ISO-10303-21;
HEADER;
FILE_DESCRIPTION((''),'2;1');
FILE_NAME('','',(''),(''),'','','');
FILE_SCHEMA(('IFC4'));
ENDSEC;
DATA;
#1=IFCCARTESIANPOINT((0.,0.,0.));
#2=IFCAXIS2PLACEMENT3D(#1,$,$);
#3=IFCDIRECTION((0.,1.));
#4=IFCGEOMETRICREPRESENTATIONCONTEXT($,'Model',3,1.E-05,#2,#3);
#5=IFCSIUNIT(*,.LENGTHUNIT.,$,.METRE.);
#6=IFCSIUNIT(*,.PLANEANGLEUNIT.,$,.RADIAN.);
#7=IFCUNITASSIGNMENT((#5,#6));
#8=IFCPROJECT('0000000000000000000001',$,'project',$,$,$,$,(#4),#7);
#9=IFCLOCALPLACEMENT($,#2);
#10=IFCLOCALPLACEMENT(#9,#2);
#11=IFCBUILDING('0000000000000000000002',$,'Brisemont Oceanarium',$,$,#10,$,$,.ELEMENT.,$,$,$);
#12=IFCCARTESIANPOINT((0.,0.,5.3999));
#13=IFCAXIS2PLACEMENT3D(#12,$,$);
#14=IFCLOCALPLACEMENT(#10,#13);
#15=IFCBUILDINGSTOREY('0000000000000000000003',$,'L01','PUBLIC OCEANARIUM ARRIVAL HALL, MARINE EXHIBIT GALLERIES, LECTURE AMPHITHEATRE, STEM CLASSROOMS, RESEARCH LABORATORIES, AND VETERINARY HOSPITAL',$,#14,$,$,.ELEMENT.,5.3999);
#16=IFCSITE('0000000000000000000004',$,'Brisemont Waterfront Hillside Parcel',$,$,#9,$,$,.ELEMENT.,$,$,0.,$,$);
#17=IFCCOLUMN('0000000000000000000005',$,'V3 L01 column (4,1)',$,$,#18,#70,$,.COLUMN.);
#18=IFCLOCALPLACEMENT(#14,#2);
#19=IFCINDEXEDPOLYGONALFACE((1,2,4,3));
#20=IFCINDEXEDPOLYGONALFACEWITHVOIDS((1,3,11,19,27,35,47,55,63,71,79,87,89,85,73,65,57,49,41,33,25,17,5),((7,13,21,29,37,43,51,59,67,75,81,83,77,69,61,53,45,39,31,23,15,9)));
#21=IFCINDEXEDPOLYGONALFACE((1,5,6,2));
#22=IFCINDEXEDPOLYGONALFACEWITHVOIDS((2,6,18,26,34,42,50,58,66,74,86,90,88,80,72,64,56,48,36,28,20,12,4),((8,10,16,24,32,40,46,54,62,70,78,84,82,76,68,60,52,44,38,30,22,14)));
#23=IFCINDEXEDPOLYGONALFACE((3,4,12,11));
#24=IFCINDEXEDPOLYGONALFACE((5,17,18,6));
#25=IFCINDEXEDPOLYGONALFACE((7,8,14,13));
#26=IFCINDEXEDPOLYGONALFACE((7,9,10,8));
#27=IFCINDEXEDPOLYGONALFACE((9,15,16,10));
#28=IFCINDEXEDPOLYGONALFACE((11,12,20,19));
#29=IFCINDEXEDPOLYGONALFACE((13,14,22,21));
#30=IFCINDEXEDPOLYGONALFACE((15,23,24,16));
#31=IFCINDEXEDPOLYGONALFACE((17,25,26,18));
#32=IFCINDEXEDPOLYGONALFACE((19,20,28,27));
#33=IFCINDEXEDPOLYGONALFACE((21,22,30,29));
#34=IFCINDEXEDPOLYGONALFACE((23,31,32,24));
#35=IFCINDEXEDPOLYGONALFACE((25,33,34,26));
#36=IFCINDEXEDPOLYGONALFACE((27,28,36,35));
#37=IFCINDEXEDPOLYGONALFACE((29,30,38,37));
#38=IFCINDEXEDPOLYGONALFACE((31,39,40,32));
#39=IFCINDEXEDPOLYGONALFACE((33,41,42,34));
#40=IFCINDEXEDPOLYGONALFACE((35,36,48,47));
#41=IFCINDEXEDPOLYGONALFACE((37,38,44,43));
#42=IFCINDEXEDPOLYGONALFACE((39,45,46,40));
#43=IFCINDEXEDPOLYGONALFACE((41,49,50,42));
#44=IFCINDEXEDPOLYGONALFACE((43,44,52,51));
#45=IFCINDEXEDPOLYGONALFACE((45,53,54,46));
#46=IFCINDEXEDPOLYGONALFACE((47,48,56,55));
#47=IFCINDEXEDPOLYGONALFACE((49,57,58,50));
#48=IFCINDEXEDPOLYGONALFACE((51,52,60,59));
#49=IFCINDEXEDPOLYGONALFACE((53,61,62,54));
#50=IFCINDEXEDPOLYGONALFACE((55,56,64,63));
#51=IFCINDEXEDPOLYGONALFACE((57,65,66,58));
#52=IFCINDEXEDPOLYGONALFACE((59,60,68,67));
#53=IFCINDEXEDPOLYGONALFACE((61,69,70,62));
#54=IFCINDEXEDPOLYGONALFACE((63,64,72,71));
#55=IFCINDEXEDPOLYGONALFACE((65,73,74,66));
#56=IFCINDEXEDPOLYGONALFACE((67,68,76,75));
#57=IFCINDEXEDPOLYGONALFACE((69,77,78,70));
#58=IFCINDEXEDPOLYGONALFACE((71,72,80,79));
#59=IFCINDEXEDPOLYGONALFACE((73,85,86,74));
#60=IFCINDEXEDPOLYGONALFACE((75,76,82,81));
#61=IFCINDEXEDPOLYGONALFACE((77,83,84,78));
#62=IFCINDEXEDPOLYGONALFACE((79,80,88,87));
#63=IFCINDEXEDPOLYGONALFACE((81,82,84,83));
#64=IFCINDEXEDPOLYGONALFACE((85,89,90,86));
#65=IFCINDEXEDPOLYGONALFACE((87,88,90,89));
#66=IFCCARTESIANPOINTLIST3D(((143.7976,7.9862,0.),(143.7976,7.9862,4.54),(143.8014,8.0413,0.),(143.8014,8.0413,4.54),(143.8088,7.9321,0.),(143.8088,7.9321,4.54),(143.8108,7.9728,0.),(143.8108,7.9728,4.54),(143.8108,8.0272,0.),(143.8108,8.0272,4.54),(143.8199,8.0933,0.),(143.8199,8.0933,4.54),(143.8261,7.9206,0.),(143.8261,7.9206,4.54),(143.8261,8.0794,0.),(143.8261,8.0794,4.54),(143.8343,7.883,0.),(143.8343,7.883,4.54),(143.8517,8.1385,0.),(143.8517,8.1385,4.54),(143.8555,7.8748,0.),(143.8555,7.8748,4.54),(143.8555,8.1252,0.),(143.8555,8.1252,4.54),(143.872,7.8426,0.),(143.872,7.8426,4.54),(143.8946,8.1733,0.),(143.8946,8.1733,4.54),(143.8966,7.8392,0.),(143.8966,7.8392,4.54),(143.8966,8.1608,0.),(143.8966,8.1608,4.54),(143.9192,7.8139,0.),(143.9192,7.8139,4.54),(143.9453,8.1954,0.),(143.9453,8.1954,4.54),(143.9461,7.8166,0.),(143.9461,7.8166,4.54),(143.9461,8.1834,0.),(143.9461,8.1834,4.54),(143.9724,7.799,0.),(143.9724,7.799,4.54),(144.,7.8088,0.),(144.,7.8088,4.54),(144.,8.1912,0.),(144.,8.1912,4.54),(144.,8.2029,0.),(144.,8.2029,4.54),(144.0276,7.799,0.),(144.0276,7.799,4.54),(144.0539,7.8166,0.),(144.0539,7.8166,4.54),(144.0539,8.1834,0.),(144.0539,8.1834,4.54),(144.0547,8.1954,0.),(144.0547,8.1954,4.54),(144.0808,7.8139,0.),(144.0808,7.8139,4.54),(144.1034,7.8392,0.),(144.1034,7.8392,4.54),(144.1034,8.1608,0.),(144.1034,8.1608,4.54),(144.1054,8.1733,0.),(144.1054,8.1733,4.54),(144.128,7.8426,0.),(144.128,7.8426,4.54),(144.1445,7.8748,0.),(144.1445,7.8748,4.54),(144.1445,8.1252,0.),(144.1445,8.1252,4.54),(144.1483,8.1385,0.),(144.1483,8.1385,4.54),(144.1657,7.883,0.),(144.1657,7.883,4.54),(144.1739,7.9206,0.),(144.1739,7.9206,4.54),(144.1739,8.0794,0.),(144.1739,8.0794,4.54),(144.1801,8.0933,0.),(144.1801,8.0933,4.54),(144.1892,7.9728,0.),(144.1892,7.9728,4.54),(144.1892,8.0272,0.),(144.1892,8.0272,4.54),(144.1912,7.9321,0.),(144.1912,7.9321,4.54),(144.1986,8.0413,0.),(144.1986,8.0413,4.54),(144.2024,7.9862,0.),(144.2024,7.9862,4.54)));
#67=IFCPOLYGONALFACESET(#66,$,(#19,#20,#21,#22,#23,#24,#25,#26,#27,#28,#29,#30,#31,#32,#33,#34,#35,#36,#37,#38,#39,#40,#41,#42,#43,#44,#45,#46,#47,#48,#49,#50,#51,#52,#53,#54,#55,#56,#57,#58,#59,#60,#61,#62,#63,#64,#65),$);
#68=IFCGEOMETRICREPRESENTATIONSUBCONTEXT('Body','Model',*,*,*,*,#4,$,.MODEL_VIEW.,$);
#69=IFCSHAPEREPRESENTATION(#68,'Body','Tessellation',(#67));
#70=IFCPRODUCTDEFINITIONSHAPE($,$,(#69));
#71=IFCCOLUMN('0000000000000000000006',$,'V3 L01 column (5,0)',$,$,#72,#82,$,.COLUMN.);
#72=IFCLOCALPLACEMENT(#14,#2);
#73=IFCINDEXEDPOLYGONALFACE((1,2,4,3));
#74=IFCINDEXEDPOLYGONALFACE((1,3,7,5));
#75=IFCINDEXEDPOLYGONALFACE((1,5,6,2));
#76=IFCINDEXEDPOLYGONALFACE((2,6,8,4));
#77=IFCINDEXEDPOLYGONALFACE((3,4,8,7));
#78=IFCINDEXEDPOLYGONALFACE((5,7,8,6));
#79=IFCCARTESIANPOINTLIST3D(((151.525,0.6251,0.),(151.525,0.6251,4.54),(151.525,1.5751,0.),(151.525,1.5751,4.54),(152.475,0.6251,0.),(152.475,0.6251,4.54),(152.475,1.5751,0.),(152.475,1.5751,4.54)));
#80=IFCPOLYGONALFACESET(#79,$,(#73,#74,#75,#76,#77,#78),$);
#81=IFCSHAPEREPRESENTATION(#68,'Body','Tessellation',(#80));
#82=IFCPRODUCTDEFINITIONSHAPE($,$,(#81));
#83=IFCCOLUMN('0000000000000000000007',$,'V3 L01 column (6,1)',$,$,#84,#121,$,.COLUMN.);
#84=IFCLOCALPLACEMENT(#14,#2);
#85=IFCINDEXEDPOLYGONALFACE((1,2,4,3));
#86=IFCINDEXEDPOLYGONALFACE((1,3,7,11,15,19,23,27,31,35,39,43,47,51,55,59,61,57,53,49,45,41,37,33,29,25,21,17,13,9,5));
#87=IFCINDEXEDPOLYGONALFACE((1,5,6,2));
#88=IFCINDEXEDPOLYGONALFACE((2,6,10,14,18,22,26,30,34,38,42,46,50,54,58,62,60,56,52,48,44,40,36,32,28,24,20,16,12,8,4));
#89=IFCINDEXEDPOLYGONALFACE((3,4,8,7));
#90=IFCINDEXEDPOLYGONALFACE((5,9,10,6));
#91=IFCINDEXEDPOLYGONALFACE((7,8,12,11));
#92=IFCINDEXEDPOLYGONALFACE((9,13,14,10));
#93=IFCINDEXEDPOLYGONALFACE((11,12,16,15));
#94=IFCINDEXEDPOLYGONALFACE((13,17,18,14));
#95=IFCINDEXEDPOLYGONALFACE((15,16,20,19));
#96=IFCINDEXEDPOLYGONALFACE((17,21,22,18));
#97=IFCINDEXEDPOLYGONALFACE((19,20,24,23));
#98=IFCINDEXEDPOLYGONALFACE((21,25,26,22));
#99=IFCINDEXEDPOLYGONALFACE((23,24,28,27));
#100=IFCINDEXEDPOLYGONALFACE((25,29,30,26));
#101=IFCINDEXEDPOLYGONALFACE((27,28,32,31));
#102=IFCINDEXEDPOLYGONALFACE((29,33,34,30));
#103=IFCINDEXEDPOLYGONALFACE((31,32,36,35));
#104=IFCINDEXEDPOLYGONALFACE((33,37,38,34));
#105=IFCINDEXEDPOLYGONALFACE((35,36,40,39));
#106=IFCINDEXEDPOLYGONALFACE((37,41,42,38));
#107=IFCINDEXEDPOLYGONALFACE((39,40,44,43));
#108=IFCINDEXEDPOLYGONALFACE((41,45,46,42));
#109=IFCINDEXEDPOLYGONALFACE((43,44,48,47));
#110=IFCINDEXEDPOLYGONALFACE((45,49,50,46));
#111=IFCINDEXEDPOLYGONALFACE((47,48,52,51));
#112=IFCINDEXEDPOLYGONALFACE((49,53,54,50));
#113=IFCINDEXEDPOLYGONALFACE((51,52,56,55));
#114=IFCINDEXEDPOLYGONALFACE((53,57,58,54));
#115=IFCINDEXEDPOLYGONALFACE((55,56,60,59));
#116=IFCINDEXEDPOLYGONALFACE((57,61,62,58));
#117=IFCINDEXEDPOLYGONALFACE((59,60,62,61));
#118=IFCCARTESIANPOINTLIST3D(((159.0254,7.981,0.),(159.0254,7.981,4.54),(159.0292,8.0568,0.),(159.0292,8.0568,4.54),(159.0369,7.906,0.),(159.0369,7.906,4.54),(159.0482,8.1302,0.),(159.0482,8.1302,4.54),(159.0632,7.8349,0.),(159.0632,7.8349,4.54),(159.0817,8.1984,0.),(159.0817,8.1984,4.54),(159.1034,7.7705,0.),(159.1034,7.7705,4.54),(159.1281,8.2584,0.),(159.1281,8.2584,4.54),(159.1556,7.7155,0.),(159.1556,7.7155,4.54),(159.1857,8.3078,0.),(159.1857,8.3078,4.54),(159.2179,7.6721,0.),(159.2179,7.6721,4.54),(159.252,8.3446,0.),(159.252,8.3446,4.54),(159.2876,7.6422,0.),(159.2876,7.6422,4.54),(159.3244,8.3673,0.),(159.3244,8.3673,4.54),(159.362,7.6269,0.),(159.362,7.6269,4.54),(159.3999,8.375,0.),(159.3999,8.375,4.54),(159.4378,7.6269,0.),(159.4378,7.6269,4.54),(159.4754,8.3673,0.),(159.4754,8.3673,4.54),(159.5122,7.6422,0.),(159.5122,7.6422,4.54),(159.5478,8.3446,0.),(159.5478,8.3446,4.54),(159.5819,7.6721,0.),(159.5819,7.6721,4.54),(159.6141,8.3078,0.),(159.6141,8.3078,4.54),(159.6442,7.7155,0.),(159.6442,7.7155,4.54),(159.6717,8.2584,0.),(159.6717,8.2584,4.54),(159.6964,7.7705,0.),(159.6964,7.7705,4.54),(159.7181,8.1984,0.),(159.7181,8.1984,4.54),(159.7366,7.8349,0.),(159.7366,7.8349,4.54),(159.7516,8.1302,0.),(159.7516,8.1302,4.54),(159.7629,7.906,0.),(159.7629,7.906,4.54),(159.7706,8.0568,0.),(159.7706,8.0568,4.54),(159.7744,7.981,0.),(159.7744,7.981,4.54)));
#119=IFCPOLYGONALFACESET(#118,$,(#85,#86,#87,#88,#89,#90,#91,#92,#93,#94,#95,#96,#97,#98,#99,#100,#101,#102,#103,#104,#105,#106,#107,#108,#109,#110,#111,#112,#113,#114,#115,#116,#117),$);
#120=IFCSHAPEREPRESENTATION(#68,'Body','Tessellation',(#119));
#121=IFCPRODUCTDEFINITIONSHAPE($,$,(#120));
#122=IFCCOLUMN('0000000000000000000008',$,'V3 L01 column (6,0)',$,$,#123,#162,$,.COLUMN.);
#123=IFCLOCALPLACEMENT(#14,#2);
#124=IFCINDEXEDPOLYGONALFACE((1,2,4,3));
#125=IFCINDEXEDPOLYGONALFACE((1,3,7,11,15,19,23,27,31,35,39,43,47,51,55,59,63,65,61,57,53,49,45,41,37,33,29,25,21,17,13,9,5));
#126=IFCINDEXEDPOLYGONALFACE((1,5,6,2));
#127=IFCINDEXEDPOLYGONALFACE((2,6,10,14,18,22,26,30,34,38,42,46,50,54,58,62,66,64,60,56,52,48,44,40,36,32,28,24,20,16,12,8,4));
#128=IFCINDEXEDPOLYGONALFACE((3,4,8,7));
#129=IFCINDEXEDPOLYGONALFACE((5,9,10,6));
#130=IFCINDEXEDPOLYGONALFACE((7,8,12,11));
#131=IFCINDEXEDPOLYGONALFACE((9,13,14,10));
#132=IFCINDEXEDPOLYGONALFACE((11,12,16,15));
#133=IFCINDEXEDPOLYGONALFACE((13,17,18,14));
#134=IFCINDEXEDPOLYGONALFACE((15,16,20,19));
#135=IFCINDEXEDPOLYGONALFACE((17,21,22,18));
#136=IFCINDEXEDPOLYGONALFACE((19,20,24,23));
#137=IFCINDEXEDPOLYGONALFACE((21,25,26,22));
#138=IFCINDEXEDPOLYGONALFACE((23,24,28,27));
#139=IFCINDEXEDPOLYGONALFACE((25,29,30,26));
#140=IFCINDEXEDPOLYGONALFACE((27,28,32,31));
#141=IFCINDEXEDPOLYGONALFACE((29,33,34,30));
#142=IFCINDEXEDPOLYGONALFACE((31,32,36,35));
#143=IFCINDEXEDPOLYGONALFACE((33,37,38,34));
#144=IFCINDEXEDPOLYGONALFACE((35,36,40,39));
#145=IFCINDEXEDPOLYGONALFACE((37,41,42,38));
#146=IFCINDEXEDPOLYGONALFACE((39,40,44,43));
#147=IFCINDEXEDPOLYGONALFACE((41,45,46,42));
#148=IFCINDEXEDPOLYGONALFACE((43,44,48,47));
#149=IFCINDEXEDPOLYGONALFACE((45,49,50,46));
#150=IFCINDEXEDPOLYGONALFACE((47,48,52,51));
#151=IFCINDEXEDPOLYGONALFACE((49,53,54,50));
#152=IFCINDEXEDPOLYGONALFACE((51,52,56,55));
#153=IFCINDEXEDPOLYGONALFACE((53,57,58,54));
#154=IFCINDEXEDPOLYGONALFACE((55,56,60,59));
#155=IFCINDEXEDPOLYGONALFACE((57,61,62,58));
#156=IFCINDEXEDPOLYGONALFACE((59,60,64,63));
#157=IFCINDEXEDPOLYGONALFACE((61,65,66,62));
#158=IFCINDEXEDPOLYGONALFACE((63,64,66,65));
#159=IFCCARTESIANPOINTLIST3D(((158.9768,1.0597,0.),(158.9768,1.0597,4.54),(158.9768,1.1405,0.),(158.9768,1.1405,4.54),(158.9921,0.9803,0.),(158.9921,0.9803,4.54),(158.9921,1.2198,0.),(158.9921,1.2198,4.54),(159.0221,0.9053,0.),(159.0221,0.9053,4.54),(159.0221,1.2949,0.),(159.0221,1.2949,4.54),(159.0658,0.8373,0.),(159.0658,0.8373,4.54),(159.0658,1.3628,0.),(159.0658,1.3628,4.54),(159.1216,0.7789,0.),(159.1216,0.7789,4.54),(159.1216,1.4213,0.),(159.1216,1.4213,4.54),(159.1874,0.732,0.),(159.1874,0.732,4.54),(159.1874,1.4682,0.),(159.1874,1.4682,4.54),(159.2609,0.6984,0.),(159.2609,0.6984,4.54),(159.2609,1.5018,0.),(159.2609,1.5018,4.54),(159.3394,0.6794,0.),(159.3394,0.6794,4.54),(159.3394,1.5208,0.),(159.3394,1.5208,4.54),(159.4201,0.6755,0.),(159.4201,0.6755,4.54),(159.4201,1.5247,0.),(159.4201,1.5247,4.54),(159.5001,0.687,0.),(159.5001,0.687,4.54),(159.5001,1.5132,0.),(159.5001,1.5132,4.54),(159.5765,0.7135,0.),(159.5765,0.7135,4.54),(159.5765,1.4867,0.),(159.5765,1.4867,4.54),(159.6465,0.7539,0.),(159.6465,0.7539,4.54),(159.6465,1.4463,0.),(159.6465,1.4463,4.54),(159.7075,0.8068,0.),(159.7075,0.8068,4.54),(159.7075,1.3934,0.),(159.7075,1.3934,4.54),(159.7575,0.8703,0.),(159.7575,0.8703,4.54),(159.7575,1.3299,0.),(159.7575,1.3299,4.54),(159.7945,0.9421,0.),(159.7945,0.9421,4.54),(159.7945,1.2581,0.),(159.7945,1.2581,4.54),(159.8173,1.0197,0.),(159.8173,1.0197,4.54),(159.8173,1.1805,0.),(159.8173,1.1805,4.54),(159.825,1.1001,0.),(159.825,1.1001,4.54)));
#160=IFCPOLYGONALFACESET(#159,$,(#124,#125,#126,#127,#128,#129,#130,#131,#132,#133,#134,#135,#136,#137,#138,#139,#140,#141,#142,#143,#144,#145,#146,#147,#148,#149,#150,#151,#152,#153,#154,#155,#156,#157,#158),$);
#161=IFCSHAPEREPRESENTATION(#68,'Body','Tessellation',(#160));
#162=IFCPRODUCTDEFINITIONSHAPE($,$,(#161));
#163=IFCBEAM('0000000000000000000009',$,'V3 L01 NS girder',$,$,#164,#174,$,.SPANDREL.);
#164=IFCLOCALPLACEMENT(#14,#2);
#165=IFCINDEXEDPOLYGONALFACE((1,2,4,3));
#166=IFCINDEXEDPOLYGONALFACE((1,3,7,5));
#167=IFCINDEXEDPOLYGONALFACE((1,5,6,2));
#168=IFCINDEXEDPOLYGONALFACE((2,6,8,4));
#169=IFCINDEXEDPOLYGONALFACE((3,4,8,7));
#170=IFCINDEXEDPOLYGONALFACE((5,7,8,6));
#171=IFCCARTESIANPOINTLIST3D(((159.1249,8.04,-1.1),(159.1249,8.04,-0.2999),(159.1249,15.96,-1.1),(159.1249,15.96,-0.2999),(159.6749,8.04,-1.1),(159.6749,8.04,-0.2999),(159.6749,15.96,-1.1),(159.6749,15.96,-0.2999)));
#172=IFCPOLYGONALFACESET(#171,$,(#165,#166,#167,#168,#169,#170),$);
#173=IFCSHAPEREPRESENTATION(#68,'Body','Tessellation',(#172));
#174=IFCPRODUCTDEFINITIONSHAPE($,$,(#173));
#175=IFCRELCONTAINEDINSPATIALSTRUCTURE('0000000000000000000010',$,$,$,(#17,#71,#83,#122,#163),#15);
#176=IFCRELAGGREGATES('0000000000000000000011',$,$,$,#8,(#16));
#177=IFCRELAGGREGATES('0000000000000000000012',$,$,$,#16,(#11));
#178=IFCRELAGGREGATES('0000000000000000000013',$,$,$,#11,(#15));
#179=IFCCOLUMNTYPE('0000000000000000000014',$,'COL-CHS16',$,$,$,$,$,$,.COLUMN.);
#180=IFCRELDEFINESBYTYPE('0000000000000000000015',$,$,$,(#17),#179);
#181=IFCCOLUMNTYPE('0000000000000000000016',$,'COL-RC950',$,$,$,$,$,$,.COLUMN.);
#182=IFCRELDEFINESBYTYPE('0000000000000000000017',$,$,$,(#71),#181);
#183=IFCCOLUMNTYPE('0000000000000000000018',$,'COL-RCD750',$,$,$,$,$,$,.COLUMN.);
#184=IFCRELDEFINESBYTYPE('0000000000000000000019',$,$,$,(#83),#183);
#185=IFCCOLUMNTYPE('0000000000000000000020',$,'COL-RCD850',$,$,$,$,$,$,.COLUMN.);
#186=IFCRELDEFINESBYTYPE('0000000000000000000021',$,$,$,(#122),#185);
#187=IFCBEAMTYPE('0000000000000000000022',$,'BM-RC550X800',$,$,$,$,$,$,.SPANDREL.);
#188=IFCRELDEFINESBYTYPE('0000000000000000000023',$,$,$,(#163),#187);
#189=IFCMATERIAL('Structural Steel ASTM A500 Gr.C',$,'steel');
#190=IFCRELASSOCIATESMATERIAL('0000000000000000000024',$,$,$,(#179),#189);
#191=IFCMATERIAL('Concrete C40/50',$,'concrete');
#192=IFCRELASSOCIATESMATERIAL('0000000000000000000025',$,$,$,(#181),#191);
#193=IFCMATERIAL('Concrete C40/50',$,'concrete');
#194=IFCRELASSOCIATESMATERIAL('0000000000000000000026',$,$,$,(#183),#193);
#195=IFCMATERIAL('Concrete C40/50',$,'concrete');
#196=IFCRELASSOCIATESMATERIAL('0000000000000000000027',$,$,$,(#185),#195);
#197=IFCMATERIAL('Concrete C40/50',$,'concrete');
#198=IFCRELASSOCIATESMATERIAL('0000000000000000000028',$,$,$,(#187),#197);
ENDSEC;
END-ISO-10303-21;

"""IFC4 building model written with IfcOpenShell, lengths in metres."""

from ifc_helpers import new_model, si_unit, direction, frame, origin, origin_2d, place, context, subcontext, project, spatial, rectangle, circle, hollow_circle, extrude, material, material_profile, profile_set, type_object, element, save


model = new_model("IFC4")

# Units and contexts
model_context = context("Model", 3, precision=1e-05, world=origin(), true_north=direction((0.0, 1.0)))
body_context = subcontext(model_context, "Body", "Model", "MODEL_VIEW")
ifc_project = project(units=[si_unit("LENGTHUNIT", "METRE"), si_unit("PLANEANGLEUNIT", "RADIAN")], contexts=[model_context])

# Site, building, storey
site_placement = place(None, origin())
site = spatial("IfcSite", under=ifc_project, at=site_placement, Name="Brisemont Waterfront Hillside Parcel", CompositionType="ELEMENT", RefElevation=0.0)
building_placement = place(site_placement, origin())
building = spatial("IfcBuilding", under=site, at=building_placement, Name="Brisemont Oceanarium", CompositionType="ELEMENT")
storey_placement = place(building_placement, frame((0.0, 0.0, 5.3999)))
storey = spatial("IfcBuildingStorey", under=building, at=storey_placement, Name="L01", Description="PUBLIC OCEANARIUM ARRIVAL HALL, MARINE EXHIBIT GALLERIES, LECTURE AMPHITHEATRE, STEM CLASSROOMS, RESEARCH LABORATORIES, AND VETERINARY HOSPITAL", CompositionType="ELEMENT", Elevation=5.3999)

# Columns
ifc_material_1 = material(Name="Structural Steel ASTM A500 Gr.C", Category="steel")
ifc_material_profile_1 = material_profile(ifc_material_1, hollow_circle(Radius=0.2029, WallThickness=0.0117, at=origin_2d()), Name="HSS16.000X0.500")
ifc_profile_set_1 = profile_set([ifc_material_profile_1], Name="Structural Steel ASTM A500 Gr.C")
column_type_1 = type_object("IfcColumnType", Name="COL-CHS16", PredefinedType="COLUMN", material=ifc_profile_set_1)
column_1_placement = place(storey_placement, frame((144.0, 8.0, 0.0), z_axis=(0.0, 0.0, 1.0), x_axis=(0.0, 1.0, 0.0)))
element("IfcColumn", 1, at=column_1_placement, inside=storey, type_object=column_type_1, Name="V3 L01 column (4,1)", PredefinedType="COLUMN", context=body_context, shape_type="SweptSolid", body=[
    extrude(hollow_circle(Radius=0.2029, WallThickness=0.0117, at=origin_2d()), origin(), (0.0, 0.0, 1.0), 4.54),
])
ifc_material_2 = material(Name="Concrete C40/50", Category="concrete")
ifc_material_profile_2 = material_profile(ifc_material_2, rectangle(XDim=0.95, YDim=0.95, at=origin_2d()), Name="RC-COL-950X950")
ifc_profile_set_2 = profile_set([ifc_material_profile_2], Name="Concrete C40/50")
column_type_2 = type_object("IfcColumnType", Name="COL-RC950", PredefinedType="COLUMN", material=ifc_profile_set_2)
column_2_placement = place(storey_placement, frame((152.0, 1.1001, 0.0), z_axis=(0.0, 0.0, 1.0), x_axis=(0.0, 1.0, 0.0)))
element("IfcColumn", 2, at=column_2_placement, inside=storey, type_object=column_type_2, Name="V3 L01 column (5,0)", PredefinedType="COLUMN", context=body_context, shape_type="SweptSolid", body=[
    extrude(rectangle(XDim=0.95, YDim=0.95, at=origin_2d()), origin(), (0.0, 0.0, 1.0), 4.54),
])
ifc_material_3 = material(Name="Concrete C40/50", Category="concrete")
ifc_material_profile_3 = material_profile(ifc_material_3, circle(Radius=0.375, at=origin_2d()), Name="RC-COL-D750")
ifc_profile_set_3 = profile_set([ifc_material_profile_3], Name="Concrete C40/50")
column_type_3 = type_object("IfcColumnType", Name="COL-RCD750", PredefinedType="COLUMN", material=ifc_profile_set_3)
column_3_placement = place(storey_placement, frame((159.3999, 8.0, 0.0), z_axis=(0.0, 0.0, 1.0), x_axis=(0.0, 1.0, 0.0)))
element("IfcColumn", 3, at=column_3_placement, inside=storey, type_object=column_type_3, Name="V3 L01 column (6,1)", PredefinedType="COLUMN", context=body_context, shape_type="SweptSolid", body=[
    extrude(circle(Radius=0.375, at=origin_2d()), origin(), (0.0, 0.0, 1.0), 4.54),
])
ifc_material_4 = material(Name="Concrete C40/50", Category="concrete")
ifc_material_profile_4 = material_profile(ifc_material_4, circle(Radius=0.425, at=origin_2d()), Name="RC-COL-D850")
ifc_profile_set_4 = profile_set([ifc_material_profile_4], Name="Concrete C40/50")
column_type_4 = type_object("IfcColumnType", Name="COL-RCD850", PredefinedType="COLUMN", material=ifc_profile_set_4)
column_4_placement = place(storey_placement, frame((159.3999, 1.1001, 0.0), z_axis=(0.0, 0.0, 1.0), x_axis=(1.0, 0.0, 0.0)))
element("IfcColumn", 4, at=column_4_placement, inside=storey, type_object=column_type_4, Name="V3 L01 column (6,0)", PredefinedType="COLUMN", context=body_context, shape_type="SweptSolid", body=[
    extrude(circle(Radius=0.425, at=origin_2d()), origin(), (0.0, 0.0, 1.0), 4.54),
])

# Beam
ifc_material_5 = material(Name="Concrete C40/50", Category="concrete")
ifc_material_profile_5 = material_profile(ifc_material_5, rectangle(XDim=0.55, YDim=0.8, at=origin_2d()), Name="RC-BM-550X800")
ifc_profile_set_5 = profile_set([ifc_material_profile_5], Name="Concrete C40/50")
beam_type_1 = type_object("IfcBeamType", Name="BM-RC550X800", PredefinedType="SPANDREL", material=ifc_profile_set_5)
beam_1_placement = place(storey_placement, frame((159.3999, 8.04, -0.7), z_axis=(0.0, 1.0, 0.0), x_axis=(-1.0, 0.0, 0.0)))
element("IfcBeam", 5, at=beam_1_placement, inside=storey, type_object=beam_type_1, Name="V3 L01 NS girder", PredefinedType="SPANDREL", context=body_context, shape_type="SweptSolid", body=[
    extrude(rectangle(XDim=0.55, YDim=0.8, at=origin_2d()), origin(), (0.0, 0.0, 1.0), 7.9199),
])

save(model, "model.ifc")
